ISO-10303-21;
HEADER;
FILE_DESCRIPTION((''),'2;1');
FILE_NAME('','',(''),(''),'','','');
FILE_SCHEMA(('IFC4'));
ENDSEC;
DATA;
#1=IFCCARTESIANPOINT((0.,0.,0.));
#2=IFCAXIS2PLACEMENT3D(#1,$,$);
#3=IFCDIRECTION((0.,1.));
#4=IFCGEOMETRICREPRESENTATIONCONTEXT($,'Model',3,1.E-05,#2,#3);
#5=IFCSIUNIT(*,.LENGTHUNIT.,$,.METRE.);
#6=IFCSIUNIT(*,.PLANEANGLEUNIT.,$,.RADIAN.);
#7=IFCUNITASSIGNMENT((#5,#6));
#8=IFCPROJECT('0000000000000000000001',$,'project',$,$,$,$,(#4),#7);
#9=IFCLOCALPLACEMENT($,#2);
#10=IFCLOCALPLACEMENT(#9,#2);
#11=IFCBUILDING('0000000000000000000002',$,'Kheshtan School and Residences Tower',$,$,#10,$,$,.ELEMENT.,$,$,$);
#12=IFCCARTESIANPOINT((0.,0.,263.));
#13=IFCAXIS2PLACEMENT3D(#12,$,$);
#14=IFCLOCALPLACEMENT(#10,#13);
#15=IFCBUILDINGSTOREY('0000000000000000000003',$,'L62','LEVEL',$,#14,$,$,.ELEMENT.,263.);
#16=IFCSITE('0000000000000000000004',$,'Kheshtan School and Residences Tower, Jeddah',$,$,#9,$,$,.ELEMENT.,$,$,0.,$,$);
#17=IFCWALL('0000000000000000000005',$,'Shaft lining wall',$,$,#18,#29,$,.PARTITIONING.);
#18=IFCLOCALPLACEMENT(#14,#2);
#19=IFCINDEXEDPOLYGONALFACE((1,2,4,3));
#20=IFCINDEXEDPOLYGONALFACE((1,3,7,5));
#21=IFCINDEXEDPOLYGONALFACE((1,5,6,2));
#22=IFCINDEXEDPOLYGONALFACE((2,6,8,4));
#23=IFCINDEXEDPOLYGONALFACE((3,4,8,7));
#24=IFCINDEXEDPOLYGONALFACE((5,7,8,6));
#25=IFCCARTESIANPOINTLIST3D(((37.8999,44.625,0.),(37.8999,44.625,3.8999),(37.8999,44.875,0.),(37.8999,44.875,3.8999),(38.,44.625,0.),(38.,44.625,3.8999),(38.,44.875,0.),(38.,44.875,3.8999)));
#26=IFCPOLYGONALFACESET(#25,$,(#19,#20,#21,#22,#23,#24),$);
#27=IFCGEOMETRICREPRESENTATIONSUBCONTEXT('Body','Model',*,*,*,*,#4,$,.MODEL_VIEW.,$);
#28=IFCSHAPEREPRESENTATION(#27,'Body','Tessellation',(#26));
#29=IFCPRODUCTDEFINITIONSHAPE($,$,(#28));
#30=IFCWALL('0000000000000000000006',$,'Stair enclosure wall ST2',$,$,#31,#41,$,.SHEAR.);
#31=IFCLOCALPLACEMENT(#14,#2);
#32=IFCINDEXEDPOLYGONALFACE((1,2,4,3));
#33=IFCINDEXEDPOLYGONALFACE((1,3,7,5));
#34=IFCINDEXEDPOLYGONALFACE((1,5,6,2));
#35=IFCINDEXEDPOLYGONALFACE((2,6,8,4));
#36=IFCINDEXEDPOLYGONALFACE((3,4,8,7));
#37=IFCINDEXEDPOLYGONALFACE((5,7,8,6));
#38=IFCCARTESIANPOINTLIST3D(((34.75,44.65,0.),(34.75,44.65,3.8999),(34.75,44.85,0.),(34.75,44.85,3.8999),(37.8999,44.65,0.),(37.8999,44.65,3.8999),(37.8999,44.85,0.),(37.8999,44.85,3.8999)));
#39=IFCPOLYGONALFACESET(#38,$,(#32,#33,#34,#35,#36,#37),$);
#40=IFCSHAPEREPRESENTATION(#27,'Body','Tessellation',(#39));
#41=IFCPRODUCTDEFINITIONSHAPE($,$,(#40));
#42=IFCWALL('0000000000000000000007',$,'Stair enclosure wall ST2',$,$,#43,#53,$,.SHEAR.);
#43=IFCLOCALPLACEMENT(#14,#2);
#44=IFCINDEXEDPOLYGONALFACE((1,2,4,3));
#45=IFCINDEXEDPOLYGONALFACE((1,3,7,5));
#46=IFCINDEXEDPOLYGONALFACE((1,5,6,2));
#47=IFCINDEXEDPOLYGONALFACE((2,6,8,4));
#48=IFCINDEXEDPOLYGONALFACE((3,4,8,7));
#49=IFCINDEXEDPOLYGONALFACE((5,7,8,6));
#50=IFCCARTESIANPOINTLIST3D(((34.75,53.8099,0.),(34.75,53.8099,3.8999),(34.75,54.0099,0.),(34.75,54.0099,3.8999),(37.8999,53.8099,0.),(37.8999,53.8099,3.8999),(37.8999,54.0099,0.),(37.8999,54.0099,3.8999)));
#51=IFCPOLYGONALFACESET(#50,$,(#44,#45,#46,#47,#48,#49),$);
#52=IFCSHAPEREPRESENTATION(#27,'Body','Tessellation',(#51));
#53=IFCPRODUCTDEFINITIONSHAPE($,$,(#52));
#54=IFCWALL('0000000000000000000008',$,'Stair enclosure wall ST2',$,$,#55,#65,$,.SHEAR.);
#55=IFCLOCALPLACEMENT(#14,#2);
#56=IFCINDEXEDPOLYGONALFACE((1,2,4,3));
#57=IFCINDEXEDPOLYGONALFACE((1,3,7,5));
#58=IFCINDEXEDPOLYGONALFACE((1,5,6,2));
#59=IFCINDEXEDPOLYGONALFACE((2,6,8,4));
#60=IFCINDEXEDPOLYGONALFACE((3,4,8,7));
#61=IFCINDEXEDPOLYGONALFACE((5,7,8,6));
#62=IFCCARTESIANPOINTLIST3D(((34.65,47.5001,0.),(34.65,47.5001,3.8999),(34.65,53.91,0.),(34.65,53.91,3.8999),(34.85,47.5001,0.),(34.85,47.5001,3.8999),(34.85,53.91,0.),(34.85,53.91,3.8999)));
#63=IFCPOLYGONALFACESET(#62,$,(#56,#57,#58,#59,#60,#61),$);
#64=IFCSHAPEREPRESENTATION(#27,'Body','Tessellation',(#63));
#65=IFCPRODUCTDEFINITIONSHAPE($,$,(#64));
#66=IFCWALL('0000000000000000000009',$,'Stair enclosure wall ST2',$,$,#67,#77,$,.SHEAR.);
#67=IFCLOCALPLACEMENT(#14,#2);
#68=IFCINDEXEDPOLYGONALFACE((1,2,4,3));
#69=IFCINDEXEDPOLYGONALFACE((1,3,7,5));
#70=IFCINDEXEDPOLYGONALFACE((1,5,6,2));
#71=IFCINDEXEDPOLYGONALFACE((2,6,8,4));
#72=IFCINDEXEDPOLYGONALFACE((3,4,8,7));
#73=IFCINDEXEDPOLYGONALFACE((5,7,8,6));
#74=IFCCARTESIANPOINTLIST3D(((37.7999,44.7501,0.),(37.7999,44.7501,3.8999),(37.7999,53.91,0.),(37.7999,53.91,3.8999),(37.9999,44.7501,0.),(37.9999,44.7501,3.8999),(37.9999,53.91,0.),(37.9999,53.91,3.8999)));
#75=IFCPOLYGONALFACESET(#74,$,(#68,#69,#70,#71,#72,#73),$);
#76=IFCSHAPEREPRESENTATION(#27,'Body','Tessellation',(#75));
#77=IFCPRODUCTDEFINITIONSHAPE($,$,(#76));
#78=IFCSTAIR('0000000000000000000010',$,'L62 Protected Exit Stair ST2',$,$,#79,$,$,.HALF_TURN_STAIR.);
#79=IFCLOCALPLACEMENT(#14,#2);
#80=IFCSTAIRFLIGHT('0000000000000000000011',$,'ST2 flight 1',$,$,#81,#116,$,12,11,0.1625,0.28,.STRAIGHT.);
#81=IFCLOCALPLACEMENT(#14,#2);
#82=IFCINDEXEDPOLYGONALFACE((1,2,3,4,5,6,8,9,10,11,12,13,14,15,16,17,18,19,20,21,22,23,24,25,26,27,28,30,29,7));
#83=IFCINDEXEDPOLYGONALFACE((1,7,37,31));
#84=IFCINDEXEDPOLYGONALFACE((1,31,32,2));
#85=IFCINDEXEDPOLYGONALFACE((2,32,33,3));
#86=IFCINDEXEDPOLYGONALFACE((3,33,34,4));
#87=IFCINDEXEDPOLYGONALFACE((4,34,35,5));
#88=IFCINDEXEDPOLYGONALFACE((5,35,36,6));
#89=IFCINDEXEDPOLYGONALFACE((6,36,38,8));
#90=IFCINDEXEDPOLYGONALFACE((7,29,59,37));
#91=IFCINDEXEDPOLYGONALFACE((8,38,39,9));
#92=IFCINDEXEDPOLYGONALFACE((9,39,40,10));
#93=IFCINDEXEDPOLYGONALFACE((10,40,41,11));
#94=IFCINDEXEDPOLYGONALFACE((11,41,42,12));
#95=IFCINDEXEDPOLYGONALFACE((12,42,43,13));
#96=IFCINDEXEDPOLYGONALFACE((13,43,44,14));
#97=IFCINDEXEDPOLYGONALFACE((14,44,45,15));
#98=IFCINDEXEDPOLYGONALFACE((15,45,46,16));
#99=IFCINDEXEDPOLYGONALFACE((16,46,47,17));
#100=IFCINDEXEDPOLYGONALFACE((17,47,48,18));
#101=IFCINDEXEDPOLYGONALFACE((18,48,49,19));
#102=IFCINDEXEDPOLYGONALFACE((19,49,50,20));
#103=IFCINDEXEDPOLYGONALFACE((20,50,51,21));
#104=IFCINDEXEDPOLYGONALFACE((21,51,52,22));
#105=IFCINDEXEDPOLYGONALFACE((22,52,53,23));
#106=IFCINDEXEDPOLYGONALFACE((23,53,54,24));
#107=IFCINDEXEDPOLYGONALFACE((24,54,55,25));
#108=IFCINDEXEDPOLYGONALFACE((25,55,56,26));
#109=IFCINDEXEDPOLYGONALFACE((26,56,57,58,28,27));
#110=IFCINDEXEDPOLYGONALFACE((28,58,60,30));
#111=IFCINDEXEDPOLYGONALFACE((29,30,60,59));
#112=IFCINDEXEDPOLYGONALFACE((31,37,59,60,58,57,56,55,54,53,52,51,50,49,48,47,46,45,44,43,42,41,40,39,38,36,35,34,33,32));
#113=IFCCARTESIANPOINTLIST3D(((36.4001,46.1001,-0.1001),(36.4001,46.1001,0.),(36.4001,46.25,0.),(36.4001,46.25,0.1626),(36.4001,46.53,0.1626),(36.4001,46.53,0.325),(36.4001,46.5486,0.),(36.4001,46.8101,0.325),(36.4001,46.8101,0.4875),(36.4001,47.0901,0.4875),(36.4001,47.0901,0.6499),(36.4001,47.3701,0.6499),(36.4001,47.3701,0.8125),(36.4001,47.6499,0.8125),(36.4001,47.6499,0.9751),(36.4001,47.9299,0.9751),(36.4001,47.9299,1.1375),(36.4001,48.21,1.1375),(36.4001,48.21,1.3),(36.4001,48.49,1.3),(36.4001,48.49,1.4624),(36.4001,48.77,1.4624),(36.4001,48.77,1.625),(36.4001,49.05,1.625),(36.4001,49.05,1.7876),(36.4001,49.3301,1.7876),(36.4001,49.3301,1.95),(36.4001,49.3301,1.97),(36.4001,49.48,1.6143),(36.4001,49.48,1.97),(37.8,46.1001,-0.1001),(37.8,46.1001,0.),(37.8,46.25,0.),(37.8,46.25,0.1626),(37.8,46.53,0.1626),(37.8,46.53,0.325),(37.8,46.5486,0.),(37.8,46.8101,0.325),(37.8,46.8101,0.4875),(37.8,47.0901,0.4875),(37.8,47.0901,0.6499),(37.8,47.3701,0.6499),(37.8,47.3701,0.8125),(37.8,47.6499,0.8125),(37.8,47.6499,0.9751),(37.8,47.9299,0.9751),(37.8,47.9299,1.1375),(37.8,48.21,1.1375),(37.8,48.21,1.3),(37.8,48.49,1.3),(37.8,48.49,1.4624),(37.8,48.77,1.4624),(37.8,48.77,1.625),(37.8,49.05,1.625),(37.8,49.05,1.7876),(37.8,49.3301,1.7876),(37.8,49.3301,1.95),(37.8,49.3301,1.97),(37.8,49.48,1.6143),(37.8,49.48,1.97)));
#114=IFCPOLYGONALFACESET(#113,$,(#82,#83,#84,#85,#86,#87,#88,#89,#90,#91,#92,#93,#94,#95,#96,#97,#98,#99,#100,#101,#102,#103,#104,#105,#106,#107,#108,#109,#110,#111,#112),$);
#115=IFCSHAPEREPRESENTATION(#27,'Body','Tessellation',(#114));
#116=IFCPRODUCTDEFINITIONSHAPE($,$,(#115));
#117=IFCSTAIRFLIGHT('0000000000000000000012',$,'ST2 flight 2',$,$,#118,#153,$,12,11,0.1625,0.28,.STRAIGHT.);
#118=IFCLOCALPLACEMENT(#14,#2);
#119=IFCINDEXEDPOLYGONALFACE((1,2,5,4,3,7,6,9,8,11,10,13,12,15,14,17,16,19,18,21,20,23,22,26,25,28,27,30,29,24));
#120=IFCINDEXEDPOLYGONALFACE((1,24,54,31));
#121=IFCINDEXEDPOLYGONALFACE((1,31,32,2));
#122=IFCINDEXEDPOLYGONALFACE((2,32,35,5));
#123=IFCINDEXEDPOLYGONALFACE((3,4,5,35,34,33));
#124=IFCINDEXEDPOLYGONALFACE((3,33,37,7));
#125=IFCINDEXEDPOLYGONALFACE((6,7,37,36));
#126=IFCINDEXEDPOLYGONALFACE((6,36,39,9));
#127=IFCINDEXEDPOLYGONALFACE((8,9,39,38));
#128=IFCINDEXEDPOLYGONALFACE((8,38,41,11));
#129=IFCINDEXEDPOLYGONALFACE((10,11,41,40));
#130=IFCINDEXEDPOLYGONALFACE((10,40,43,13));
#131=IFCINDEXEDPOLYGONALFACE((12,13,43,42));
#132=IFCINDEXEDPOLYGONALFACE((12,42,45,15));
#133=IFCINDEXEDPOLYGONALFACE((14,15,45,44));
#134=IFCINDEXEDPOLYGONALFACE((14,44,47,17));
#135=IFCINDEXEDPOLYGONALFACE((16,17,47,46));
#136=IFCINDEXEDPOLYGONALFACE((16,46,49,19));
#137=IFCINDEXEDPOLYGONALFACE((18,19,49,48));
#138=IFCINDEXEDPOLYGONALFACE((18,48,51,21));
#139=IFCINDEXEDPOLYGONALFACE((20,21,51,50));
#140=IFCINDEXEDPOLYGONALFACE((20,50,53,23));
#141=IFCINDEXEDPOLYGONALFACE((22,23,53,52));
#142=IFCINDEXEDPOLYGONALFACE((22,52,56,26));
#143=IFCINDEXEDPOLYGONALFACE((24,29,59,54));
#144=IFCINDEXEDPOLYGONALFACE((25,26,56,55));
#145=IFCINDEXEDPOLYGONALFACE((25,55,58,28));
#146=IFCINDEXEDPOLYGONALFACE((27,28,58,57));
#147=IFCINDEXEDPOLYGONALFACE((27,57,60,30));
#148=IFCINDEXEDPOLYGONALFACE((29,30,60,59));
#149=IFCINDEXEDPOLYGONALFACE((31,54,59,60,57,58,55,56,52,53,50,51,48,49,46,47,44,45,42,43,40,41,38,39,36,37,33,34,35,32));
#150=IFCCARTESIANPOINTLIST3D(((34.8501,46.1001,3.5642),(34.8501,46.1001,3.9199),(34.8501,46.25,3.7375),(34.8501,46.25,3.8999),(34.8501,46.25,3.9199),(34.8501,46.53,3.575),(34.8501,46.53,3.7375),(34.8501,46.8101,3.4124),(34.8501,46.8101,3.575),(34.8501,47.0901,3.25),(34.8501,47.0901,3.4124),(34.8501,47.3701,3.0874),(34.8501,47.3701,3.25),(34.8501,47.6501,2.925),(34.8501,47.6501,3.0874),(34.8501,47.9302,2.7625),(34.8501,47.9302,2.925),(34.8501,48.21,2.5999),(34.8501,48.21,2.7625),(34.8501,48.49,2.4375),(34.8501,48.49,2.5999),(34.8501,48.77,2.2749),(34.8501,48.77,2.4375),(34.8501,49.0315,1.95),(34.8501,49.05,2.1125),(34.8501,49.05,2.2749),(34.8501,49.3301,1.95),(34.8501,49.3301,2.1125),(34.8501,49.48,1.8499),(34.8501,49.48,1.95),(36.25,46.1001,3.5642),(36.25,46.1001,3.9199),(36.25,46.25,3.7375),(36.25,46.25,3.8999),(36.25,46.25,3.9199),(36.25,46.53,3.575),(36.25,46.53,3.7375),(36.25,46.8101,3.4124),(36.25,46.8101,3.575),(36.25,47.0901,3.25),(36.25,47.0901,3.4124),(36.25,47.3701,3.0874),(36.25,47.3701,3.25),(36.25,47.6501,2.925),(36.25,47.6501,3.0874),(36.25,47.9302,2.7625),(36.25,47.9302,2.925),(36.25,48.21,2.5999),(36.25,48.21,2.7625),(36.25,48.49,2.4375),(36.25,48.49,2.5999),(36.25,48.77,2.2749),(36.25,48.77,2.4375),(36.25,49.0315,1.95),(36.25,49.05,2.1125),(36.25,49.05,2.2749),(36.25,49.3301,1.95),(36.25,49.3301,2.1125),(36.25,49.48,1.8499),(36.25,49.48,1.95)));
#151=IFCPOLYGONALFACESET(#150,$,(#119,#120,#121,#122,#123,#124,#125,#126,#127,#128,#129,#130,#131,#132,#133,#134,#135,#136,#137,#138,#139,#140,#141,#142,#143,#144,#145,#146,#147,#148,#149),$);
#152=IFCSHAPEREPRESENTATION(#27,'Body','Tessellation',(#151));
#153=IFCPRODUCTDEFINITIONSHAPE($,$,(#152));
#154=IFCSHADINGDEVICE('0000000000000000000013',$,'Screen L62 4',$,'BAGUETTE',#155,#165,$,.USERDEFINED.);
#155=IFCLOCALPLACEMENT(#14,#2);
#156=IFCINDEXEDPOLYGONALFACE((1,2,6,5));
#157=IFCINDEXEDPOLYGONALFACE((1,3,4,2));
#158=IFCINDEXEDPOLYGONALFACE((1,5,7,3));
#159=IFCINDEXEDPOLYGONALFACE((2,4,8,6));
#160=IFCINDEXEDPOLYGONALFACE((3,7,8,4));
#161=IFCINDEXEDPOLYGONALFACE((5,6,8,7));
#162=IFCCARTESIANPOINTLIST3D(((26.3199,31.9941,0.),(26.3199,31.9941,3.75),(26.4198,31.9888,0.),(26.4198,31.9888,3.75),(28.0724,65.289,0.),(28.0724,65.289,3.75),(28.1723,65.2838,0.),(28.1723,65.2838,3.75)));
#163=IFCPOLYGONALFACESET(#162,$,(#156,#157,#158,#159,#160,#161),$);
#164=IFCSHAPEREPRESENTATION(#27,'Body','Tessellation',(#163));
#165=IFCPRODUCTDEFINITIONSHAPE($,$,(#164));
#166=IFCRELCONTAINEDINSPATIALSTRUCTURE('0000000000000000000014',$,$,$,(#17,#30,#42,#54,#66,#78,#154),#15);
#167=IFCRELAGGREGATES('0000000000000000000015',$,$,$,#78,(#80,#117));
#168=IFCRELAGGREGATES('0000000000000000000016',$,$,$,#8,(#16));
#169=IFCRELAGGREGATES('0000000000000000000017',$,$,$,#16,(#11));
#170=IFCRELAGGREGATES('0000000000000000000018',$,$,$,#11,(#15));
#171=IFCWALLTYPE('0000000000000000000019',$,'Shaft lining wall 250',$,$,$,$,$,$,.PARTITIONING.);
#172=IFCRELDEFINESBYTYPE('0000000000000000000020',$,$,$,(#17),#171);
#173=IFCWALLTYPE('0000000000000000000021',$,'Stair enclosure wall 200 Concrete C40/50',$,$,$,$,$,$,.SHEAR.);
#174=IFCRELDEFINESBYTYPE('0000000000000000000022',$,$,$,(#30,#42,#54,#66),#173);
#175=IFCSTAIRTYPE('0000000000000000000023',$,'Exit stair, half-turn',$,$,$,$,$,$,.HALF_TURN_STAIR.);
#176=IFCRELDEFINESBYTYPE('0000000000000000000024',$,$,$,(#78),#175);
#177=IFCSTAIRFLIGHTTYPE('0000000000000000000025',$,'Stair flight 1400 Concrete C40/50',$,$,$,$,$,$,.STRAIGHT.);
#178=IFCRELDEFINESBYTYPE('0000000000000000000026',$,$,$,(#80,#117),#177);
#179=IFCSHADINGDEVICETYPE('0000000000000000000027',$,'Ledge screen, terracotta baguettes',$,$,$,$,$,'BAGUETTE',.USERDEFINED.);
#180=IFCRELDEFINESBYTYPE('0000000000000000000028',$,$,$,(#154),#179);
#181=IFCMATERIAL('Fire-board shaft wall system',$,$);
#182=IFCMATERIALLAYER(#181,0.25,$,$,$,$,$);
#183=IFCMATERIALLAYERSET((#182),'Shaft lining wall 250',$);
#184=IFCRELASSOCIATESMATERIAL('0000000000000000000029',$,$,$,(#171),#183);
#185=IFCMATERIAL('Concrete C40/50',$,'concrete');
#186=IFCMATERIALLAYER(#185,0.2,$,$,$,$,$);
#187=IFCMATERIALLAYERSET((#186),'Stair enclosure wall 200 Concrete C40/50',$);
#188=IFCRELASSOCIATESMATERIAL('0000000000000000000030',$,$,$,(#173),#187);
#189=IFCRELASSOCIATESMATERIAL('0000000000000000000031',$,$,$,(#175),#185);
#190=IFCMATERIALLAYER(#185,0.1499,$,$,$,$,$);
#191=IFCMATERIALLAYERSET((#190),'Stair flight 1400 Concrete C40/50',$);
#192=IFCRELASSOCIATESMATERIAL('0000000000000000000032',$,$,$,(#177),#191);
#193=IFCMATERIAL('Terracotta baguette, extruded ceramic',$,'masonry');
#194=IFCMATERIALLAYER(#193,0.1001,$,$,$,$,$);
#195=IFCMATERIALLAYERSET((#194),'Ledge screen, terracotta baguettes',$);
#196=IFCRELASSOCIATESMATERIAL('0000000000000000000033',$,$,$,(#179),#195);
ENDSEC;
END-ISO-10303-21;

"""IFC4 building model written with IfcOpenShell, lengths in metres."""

from ifc_helpers import new_model, si_unit, direction, frame, frame_2d, origin, origin_2d, place, context, subcontext, project, spatial, polyline, rectangle, outline, extrude, material, layer, layer_set, type_object, element, aggregate, save


model = new_model("IFC4")

# Units and contexts
model_context = context("Model", 3, precision=1e-05, world=origin(), true_north=direction((0.0, 1.0)))
body_context = subcontext(model_context, "Body", "Model", "MODEL_VIEW")
ifc_project = project(units=[si_unit("LENGTHUNIT", "METRE"), si_unit("PLANEANGLEUNIT", "RADIAN")], contexts=[model_context])

# Site, building, storey
site_placement = place(None, origin())
site = spatial("IfcSite", under=ifc_project, at=site_placement, Name="Kheshtan School and Residences Tower, Jeddah", CompositionType="ELEMENT", RefElevation=0.0)
building_placement = place(site_placement, origin())
building = spatial("IfcBuilding", under=site, at=building_placement, Name="Kheshtan School and Residences Tower", CompositionType="ELEMENT")
storey_placement = place(building_placement, frame((0.0, 0.0, 263.0)))
storey = spatial("IfcBuildingStorey", under=building, at=storey_placement, Name="L62", Description="LEVEL", CompositionType="ELEMENT", Elevation=263.0)

# Shared definitions
ifc_material_1 = material(Name="Fire-board shaft wall system")

# Walls
ifc_layer_1 = layer(ifc_material_1, 0.25)
ifc_layer_set_1 = layer_set([ifc_layer_1], Name="Shaft lining wall 250")
wall_type_1 = type_object("IfcWallType", Name="Shaft lining wall 250", PredefinedType="PARTITIONING", material=ifc_layer_set_1)
wall_1_placement = place(storey_placement, frame((37.8999, 44.75, 0.0), z_axis=(0.0, 0.0, 1.0), x_axis=(1.0, 0.0, 0.0)))
element("IfcWall", 1, at=wall_1_placement, inside=storey, type_object=wall_type_1, Name="Shaft lining wall", PredefinedType="PARTITIONING", context=body_context, shape_type="SweptSolid", body=[
    extrude(rectangle(XDim=0.1001, YDim=0.25, at=frame_2d((0.05, 0.0))), origin(), (0.0, 0.0, 1.0), 3.8999),
])
ifc_material_2 = material(Name="Concrete C40/50", Category="concrete")
ifc_layer_2 = layer(ifc_material_2, 0.2)
ifc_layer_set_2 = layer_set([ifc_layer_2], Name="Stair enclosure wall 200 Concrete C40/50")
wall_type_2 = type_object("IfcWallType", Name="Stair enclosure wall 200 Concrete C40/50", PredefinedType="SHEAR", material=ifc_layer_set_2)
for number, where, z_axis, x_axis, name in (
    (2, (34.75, 44.75, 0.0), (0.0, 0.0, 1.0), (1.0, 0.0, 0.0), "Stair enclosure wall ST2"),
    (3, (34.75, 53.9099, 0.0), (0.0, 0.0, 1.0), (1.0, 0.0, 0.0), "Stair enclosure wall ST2"),
):
    element("IfcWall", number, at=place(storey_placement, frame(where, z_axis=z_axis, x_axis=x_axis)), inside=storey, type_object=wall_type_2, Name=name, PredefinedType="SHEAR", context=body_context, shape_type="SweptSolid", body=[
        extrude(rectangle(XDim=3.1499, YDim=0.2, at=frame_2d((1.575, 0.0))), origin(), (0.0, 0.0, 1.0), 3.8999),
    ])
wall_2_placement = place(storey_placement, frame((34.75, 47.5, 0.0), z_axis=(0.0, 0.0, 1.0), x_axis=(0.0, 1.0, 0.0)))
element("IfcWall", 4, at=wall_2_placement, inside=storey, type_object=wall_type_2, Name="Stair enclosure wall ST2", PredefinedType="SHEAR", context=body_context, shape_type="SweptSolid", body=[
    extrude(rectangle(XDim=6.4099, YDim=0.2, at=frame_2d((3.2051, 0.0))), origin(), (0.0, 0.0, 1.0), 3.8999),
])
wall_3_placement = place(storey_placement, frame((37.8999, 44.75, 0.0), z_axis=(0.0, 0.0, 1.0), x_axis=(0.0, 1.0, 0.0)))
element("IfcWall", 5, at=wall_3_placement, inside=storey, type_object=wall_type_2, Name="Stair enclosure wall ST2", PredefinedType="SHEAR", context=body_context, shape_type="SweptSolid", body=[
    extrude(rectangle(XDim=9.1599, YDim=0.2, at=frame_2d((4.5801, 0.0))), origin(), (0.0, 0.0, 1.0), 3.8999),
])

# Stair, stair flights
stair_type = type_object("IfcStairType", Name="Exit stair, half-turn", PredefinedType="HALF_TURN_STAIR", material=ifc_material_2)
stair_placement = place(storey_placement, origin())
stair = element("IfcStair", 6, at=stair_placement, inside=storey, type_object=stair_type, Name="L62 Protected Exit Stair ST2", PredefinedType="HALF_TURN_STAIR")
ifc_layer_3 = layer(ifc_material_2, 0.1499)
ifc_layer_set_3 = layer_set([ifc_layer_3], Name="Stair flight 1400 Concrete C40/50")
stair_flight_type = type_object("IfcStairFlightType", Name="Stair flight 1400 Concrete C40/50", PredefinedType="STRAIGHT", material=ifc_layer_set_3)
stair_flight_1_placement = place(storey_placement, frame((37.1001, 46.25, 0.0), z_axis=(0.0, 0.0, 1.0), x_axis=(0.0, 1.0, 0.0)))
stair_flight_1 = element("IfcStairFlight", 7, at=stair_flight_1_placement, type_object=stair_flight_type, Name="ST2 flight 1", NumberOfRisers=12, NumberOfTreads=11, PredefinedType="STRAIGHT", RiserHeight=0.1625, TreadLength=0.28, context=body_context, shape_type="SweptSolid", body=[
    extrude(outline(polyline([(-0.1499, -0.1001), (-0.1499, 0.0), (0.0, 0.0), (0.0, 0.1626), (0.28, 0.1626), (0.28, 0.325), (0.5601, 0.325), (0.5601, 0.4875), (0.8401, 0.4875), (0.8401, 0.6499), (1.1201, 0.6499), (1.1201, 0.8125), (1.3999, 0.8125), (1.3999, 0.9751), (1.6799, 0.9751), (1.6799, 1.1375), (1.96, 1.1375), (1.96, 1.3), (2.24, 1.3), (2.24, 1.4624), (2.52, 1.4624), (2.52, 1.625), (2.8, 1.625), (2.8, 1.7876), (3.0801, 1.7876), (3.0801, 1.95), (3.0801, 1.97), (3.23, 1.97), (3.23, 1.6143), (0.2986, 0.0), (-0.1499, -0.1001)])), frame((0.0, 0.7, 0.0), z_axis=(0.0, -1.0, 0.0), x_axis=(1.0, 0.0, 0.0)), (0.0, 0.0, 1.0), 1.3999),
])
stair_flight_2_placement = place(storey_placement, frame((35.55, 49.3301, 1.95), z_axis=(0.0, 0.0, 1.0), x_axis=(0.0, -1.0, 0.0)))
stair_flight_2 = element("IfcStairFlight", 8, at=stair_flight_2_placement, type_object=stair_flight_type, Name="ST2 flight 2", NumberOfRisers=12, NumberOfTreads=11, PredefinedType="STRAIGHT", RiserHeight=0.1625, TreadLength=0.28, context=body_context, shape_type="SweptSolid", body=[
    extrude(outline(polyline([(-0.1499, -0.1001), (-0.1499, 0.0), (0.0, 0.0), (0.0, 0.1626), (0.28, 0.1626), (0.28, 0.325), (0.5601, 0.325), (0.5601, 0.4875), (0.8401, 0.4875), (0.8401, 0.6499), (1.1201, 0.6499), (1.1201, 0.8125), (1.3999, 0.8125), (1.3999, 0.9751), (1.6799, 0.9751), (1.6799, 1.1375), (1.96, 1.1375), (1.96, 1.3), (2.24, 1.3), (2.24, 1.4624), (2.52, 1.4624), (2.52, 1.625), (2.8, 1.625), (2.8, 1.7876), (3.0801, 1.7876), (3.0801, 1.95), (3.0801, 1.97), (3.23, 1.97), (3.23, 1.6143), (0.2986, 0.0), (-0.1499, -0.1001)])), frame((0.0, 0.7, 0.0), z_axis=(0.0, -1.0, 0.0), x_axis=(1.0, 0.0, 0.0)), (0.0, 0.0, 1.0), 1.3999),
])
aggregate(stair, [stair_flight_1, stair_flight_2])

# Shading device
ifc_material_3 = material(Name="Terracotta baguette, extruded ceramic", Category="masonry")
ifc_layer_4 = layer(ifc_material_3, 0.1001)
ifc_layer_set_4 = layer_set([ifc_layer_4], Name="Ledge screen, terracotta baguettes")
shading_device_type = type_object("IfcShadingDeviceType", Name="Ledge screen, terracotta baguettes", ElementType="BAGUETTE", PredefinedType="USERDEFINED", material=ifc_layer_set_4)
shading_device_placement = place(storey_placement, frame((27.2461, 48.6389, 0.0), z_axis=(0.0, 0.0, 1.0), x_axis=(0.052563, 0.998618, 0.0)))
element("IfcShadingDevice", 9, at=shading_device_placement, inside=storey, type_object=shading_device_type, Name="Screen L62 4", ObjectType="BAGUETTE", PredefinedType="USERDEFINED", context=body_context, shape_type="SweptSolid", body=[
    extrude(rectangle(XDim=33.3411, YDim=0.1001, at=origin_2d()), origin(), (0.0, 0.0, 1.0), 3.75),
])

save(model, "model.ifc")
